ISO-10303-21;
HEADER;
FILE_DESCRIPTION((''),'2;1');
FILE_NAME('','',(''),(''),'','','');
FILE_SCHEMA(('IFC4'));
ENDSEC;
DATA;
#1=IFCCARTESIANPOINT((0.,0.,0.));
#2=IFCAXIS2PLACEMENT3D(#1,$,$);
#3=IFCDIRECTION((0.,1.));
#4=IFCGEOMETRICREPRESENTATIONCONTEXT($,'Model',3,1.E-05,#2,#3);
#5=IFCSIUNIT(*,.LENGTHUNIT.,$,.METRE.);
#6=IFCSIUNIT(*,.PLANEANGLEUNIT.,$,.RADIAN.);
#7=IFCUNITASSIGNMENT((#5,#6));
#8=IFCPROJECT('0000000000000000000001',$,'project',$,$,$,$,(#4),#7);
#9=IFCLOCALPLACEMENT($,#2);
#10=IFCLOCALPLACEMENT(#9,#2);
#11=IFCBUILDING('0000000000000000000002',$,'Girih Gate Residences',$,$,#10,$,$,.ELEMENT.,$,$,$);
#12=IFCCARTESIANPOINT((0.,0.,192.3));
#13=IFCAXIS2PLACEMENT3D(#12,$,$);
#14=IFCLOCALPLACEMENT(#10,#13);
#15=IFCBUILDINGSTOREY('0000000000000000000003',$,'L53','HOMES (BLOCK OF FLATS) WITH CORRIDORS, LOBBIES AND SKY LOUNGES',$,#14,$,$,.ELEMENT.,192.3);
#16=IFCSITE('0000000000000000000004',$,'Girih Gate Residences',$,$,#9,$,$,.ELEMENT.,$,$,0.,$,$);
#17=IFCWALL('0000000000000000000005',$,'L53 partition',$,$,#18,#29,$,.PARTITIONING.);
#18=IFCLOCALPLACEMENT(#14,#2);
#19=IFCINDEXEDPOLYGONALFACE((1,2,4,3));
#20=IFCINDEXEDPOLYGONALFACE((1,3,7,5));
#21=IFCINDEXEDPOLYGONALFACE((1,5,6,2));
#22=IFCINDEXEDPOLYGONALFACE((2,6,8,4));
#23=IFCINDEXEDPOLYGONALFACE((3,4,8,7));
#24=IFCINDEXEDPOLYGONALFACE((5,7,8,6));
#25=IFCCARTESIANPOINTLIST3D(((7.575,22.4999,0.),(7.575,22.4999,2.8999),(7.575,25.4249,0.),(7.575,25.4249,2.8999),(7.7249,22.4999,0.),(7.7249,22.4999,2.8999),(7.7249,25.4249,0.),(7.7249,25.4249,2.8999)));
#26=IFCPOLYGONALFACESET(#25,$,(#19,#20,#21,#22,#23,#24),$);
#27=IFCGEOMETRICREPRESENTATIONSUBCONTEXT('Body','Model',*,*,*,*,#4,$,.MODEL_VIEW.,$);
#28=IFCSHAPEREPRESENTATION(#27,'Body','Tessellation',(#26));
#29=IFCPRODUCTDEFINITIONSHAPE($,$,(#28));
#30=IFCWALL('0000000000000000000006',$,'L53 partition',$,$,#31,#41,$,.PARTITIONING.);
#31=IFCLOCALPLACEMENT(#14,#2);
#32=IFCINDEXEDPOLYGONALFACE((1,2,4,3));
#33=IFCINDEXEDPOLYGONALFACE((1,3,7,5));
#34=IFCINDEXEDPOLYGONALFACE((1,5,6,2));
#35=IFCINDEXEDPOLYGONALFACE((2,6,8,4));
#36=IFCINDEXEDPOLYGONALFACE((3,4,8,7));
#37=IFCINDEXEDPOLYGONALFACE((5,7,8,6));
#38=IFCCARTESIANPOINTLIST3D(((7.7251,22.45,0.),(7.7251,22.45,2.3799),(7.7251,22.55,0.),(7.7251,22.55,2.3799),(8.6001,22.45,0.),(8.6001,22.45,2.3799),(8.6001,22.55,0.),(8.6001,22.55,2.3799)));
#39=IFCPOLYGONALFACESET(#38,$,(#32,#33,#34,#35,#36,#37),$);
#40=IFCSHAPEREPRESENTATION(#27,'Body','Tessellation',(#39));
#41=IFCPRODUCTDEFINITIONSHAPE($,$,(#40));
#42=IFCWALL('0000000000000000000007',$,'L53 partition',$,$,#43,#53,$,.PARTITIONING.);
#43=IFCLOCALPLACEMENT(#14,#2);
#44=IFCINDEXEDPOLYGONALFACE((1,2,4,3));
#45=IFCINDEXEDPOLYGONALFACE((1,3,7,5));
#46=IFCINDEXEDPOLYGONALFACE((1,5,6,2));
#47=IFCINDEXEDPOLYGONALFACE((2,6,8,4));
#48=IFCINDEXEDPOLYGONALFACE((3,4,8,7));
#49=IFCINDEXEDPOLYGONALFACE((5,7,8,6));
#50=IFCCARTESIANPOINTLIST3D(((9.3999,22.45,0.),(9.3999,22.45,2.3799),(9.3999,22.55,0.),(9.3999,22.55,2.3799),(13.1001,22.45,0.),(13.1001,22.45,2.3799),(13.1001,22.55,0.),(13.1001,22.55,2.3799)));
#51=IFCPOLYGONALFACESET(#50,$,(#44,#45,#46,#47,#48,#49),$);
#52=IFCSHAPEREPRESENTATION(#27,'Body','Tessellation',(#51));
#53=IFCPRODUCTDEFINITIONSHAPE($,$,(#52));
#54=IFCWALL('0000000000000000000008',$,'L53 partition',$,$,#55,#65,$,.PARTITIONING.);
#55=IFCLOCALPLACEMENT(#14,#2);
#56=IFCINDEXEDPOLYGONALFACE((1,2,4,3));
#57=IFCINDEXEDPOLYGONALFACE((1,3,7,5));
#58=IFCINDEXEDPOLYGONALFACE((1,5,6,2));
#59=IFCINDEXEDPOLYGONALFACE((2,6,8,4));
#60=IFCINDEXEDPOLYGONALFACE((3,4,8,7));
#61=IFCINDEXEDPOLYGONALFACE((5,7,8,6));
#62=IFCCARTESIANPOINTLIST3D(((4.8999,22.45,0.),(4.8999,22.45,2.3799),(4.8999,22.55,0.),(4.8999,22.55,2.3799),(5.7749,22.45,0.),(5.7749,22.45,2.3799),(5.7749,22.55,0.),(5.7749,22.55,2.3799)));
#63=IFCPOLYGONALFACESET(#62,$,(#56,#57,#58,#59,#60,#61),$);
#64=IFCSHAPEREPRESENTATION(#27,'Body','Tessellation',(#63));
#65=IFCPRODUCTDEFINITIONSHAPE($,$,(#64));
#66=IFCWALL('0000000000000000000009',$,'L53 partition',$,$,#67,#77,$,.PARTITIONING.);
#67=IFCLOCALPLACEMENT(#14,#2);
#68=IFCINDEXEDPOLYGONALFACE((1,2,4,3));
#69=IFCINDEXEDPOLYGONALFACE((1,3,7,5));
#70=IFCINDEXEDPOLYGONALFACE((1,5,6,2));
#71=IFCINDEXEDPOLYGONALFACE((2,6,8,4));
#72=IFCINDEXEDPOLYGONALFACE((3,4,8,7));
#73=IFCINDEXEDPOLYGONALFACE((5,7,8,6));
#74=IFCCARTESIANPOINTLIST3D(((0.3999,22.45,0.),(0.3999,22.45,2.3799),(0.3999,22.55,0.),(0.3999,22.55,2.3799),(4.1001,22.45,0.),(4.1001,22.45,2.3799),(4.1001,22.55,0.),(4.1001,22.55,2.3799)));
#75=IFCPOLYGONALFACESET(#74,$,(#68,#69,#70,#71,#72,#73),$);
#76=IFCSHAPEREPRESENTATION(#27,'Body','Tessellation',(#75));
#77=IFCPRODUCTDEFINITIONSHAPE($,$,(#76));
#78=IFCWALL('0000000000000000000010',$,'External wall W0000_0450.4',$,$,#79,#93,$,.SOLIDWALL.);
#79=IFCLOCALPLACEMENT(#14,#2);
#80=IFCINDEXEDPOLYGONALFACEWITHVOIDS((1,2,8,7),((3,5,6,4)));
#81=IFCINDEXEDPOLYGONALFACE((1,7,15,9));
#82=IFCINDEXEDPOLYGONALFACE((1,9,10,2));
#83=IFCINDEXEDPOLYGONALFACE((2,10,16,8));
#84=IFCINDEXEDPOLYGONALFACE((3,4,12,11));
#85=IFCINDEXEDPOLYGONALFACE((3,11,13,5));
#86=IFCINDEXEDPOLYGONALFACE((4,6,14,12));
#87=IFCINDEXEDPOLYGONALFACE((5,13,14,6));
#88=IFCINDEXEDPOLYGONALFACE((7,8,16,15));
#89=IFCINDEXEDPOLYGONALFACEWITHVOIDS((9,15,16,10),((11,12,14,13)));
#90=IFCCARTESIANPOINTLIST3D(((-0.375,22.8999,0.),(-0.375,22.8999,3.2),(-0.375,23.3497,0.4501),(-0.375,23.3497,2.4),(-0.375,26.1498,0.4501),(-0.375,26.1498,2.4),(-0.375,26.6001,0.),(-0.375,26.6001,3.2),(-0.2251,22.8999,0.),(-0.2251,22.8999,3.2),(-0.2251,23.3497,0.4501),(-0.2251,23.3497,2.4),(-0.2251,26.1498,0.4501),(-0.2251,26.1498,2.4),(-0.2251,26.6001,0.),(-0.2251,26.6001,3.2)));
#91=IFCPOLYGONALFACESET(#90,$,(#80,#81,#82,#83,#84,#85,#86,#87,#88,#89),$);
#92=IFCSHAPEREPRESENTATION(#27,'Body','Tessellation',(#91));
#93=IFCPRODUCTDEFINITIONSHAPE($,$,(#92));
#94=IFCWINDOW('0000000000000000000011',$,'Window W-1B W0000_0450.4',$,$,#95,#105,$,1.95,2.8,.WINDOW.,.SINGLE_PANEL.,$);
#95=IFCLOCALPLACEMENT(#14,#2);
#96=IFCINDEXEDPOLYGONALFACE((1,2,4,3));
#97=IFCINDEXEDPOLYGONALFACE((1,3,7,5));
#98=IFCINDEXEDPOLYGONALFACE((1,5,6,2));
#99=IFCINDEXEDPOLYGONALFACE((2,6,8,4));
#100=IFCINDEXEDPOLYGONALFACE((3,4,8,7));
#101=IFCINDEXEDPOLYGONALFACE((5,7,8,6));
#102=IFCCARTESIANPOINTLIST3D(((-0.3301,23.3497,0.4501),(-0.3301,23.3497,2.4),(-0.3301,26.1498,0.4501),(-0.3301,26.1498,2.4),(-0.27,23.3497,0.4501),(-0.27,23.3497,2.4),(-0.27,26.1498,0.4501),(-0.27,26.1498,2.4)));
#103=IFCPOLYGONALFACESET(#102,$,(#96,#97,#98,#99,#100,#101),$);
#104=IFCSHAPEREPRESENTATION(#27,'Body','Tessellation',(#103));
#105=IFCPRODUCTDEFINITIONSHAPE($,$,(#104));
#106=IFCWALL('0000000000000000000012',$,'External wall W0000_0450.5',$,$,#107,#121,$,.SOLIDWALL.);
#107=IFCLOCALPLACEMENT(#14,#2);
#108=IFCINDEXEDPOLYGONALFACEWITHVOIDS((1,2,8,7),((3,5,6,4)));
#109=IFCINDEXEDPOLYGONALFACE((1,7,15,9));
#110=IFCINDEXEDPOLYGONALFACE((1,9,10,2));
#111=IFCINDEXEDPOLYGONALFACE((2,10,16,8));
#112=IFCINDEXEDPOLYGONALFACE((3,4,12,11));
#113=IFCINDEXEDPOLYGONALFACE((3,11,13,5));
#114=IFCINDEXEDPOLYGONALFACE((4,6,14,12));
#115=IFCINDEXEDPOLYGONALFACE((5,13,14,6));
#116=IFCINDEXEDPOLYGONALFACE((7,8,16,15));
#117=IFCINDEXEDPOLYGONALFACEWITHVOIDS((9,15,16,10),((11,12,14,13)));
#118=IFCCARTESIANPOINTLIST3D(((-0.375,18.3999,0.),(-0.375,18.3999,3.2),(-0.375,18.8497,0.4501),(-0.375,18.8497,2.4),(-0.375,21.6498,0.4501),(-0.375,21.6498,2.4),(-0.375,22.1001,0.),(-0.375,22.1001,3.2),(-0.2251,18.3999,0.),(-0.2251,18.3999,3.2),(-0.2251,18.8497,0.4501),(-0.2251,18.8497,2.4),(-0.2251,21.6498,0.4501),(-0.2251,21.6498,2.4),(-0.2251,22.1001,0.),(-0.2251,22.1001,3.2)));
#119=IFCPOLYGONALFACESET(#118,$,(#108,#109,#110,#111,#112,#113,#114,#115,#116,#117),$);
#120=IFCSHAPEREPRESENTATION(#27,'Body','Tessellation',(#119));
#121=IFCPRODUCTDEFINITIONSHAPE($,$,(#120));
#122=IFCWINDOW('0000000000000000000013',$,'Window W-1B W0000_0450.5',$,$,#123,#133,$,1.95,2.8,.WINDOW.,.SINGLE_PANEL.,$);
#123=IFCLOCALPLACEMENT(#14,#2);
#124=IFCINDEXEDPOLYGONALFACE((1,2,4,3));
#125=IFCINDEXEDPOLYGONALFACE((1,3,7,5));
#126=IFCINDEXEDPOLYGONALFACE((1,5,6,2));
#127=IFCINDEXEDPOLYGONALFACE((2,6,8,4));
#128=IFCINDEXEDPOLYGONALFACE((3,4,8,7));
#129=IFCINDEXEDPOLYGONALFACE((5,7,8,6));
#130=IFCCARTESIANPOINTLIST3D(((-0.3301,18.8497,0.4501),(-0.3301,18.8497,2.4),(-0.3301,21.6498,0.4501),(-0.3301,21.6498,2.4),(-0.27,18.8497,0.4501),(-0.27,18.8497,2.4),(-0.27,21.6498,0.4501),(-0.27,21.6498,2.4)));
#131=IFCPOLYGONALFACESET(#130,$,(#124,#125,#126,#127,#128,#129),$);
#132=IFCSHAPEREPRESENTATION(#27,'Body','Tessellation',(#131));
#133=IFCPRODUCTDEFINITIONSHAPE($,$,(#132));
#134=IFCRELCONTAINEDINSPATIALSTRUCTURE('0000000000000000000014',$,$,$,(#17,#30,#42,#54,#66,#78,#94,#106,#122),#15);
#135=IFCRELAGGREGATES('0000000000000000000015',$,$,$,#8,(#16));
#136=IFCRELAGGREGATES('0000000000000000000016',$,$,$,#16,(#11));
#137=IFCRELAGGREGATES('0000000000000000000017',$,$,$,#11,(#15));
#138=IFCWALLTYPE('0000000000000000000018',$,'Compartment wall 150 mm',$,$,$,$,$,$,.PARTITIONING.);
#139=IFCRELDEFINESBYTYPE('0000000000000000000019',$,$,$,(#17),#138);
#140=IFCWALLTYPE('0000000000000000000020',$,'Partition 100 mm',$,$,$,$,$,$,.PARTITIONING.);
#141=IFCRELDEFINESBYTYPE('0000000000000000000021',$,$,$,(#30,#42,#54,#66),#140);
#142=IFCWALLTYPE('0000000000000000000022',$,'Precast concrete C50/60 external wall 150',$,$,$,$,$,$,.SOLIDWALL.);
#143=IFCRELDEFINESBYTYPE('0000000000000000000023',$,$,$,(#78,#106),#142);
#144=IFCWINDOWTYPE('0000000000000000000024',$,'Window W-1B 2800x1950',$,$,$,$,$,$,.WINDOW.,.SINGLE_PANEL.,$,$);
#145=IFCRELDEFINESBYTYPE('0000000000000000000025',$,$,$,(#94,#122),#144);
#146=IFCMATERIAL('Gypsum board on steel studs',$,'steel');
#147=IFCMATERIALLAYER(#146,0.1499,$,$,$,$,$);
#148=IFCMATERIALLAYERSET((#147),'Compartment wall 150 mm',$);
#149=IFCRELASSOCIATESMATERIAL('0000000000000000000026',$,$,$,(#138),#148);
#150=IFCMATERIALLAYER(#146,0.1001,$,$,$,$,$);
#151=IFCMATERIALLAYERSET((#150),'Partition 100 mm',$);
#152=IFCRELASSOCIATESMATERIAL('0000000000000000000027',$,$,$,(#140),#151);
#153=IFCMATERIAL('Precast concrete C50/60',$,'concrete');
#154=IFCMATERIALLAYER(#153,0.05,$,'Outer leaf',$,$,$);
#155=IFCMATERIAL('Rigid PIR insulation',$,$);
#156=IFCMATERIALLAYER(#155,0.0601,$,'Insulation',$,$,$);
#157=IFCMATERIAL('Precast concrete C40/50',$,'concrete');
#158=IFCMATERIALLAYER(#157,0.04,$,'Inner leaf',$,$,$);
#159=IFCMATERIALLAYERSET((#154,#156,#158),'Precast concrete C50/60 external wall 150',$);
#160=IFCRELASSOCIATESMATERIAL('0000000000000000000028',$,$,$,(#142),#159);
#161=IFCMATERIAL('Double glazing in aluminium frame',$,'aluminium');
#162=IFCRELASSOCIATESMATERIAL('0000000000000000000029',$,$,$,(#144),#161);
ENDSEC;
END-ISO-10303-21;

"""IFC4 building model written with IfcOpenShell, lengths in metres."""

from ifc_helpers import new_model, si_unit, direction, frame, frame_2d, origin, place, context, subcontext, project, spatial, rectangle, extrude, material, layer, layer_set, type_object, element, fill, save


model = new_model("IFC4")

# Units and contexts
model_context = context("Model", 3, precision=1e-05, world=origin(), true_north=direction((0.0, 1.0)))
body_context = subcontext(model_context, "Body", "Model", "MODEL_VIEW")
ifc_project = project(units=[si_unit("LENGTHUNIT", "METRE"), si_unit("PLANEANGLEUNIT", "RADIAN")], contexts=[model_context])

# Site, building, storey
site_placement = place(None, origin())
site = spatial("IfcSite", under=ifc_project, at=site_placement, Name="Girih Gate Residences", CompositionType="ELEMENT", RefElevation=0.0)
building_placement = place(site_placement, origin())
building = spatial("IfcBuilding", under=site, at=building_placement, Name="Girih Gate Residences", CompositionType="ELEMENT")
storey_placement = place(building_placement, frame((0.0, 0.0, 192.3)))
storey = spatial("IfcBuildingStorey", under=building, at=storey_placement, Name="L53", Description="HOMES (BLOCK OF FLATS) WITH CORRIDORS, LOBBIES AND SKY LOUNGES", CompositionType="ELEMENT", Elevation=192.3)

# Shared definitions
ifc_material_1 = material(Name="Gypsum board on steel studs", Category="steel")
ifc_layer_1 = layer(ifc_material_1, 0.1499)
ifc_layer_set_1 = layer_set([ifc_layer_1], Name="Compartment wall 150 mm")
wall_type_1 = type_object("IfcWallType", Name="Compartment wall 150 mm", PredefinedType="PARTITIONING", material=ifc_layer_set_1)

# Walls
wall_1_placement = place(storey_placement, frame((7.6499, 22.5, 0.0), z_axis=(0.0, 0.0, 1.0), x_axis=(0.0, 1.0, 0.0)))
element("IfcWall", 1, at=wall_1_placement, inside=storey, type_object=wall_type_1, Name="L53 partition", PredefinedType="PARTITIONING", context=body_context, shape_type="SweptSolid", body=[
    extrude(rectangle(XDim=2.925, YDim=0.1499, at=frame_2d((1.4624, 0.0))), origin(), (0.0, 0.0, 1.0), 2.8999),
])
ifc_layer_2 = layer(ifc_material_1, 0.1001)
ifc_layer_set_2 = layer_set([ifc_layer_2], Name="Partition 100 mm")
wall_type_2 = type_object("IfcWallType", Name="Partition 100 mm", PredefinedType="PARTITIONING", material=ifc_layer_set_2)
wall_2_placement = place(storey_placement, frame((7.7251, 22.5, 0.0), z_axis=(0.0, 0.0, 1.0), x_axis=(1.0, 0.0, 0.0)))
element("IfcWall", 2, at=wall_2_placement, inside=storey, type_object=wall_type_2, Name="L53 partition", PredefinedType="PARTITIONING", context=body_context, shape_type="SweptSolid", body=[
    extrude(rectangle(XDim=0.875, YDim=0.1001, at=frame_2d((0.4375, 0.0))), origin(), (0.0, 0.0, 1.0), 2.3799),
])
wall_3_placement = place(storey_placement, frame((9.3999, 22.5, 0.0), z_axis=(0.0, 0.0, 1.0), x_axis=(1.0, 0.0, 0.0)))
element("IfcWall", 3, at=wall_3_placement, inside=storey, type_object=wall_type_2, Name="L53 partition", PredefinedType="PARTITIONING", context=body_context, shape_type="SweptSolid", body=[
    extrude(rectangle(XDim=3.7002, YDim=0.1001, at=frame_2d((1.8501, 0.0))), origin(), (0.0, 0.0, 1.0), 2.3799),
])
wall_4_placement = place(storey_placement, frame((4.8999, 22.5, 0.0), z_axis=(0.0, 0.0, 1.0), x_axis=(1.0, 0.0, 0.0)))
element("IfcWall", 4, at=wall_4_placement, inside=storey, type_object=wall_type_2, Name="L53 partition", PredefinedType="PARTITIONING", context=body_context, shape_type="SweptSolid", body=[
    extrude(rectangle(XDim=0.875, YDim=0.1001, at=frame_2d((0.4375, 0.0))), origin(), (0.0, 0.0, 1.0), 2.3799),
])
wall_5_placement = place(storey_placement, frame((0.3999, 22.5, 0.0), z_axis=(0.0, 0.0, 1.0), x_axis=(1.0, 0.0, 0.0)))
element("IfcWall", 5, at=wall_5_placement, inside=storey, type_object=wall_type_2, Name="L53 partition", PredefinedType="PARTITIONING", context=body_context, shape_type="SweptSolid", body=[
    extrude(rectangle(XDim=3.7002, YDim=0.1001, at=frame_2d((1.8501, 0.0))), origin(), (0.0, 0.0, 1.0), 2.3799),
])

# Walls, openings, windows
ifc_material_2 = material(Name="Precast concrete C50/60", Category="concrete")
ifc_layer_3 = layer(ifc_material_2, 0.05, Name="Outer leaf")
ifc_material_3 = material(Name="Rigid PIR insulation")
ifc_layer_4 = layer(ifc_material_3, 0.0601, Name="Insulation")
ifc_material_4 = material(Name="Precast concrete C40/50", Category="concrete")
ifc_layer_5 = layer(ifc_material_4, 0.04, Name="Inner leaf")
ifc_layer_set_3 = layer_set([ifc_layer_3, ifc_layer_4, ifc_layer_5], Name="Precast concrete C50/60 external wall 150")
wall_type_3 = type_object("IfcWallType", Name="Precast concrete C50/60 external wall 150", PredefinedType="SOLIDWALL", material=ifc_layer_set_3)
wall_6_placement = place(storey_placement, frame((-0.3, 22.8999, 0.0), z_axis=(0.0, 0.0, 1.0), x_axis=(0.0, 1.0, 0.0)))
wall_6 = element("IfcWall", 6, at=wall_6_placement, inside=storey, type_object=wall_type_3, Name="External wall W0000_0450.4", PredefinedType="SOLIDWALL", context=body_context, shape_type="SweptSolid", body=[
    extrude(rectangle(XDim=3.7002, YDim=0.1499, at=frame_2d((1.8501, 0.0))), origin(), (0.0, 0.0, 1.0), 3.2),
])
opening_1_placement = place(wall_6_placement, frame((0.45, 0.0, 0.45)))
opening_1 = element("IfcOpeningElement", 7, at=opening_1_placement, cuts=wall_6, PredefinedType="OPENING", context=body_context, shape_type="SweptSolid", body=[
    extrude(rectangle(XDim=2.8, YDim=1.95, at=frame_2d((1.3999, 0.9751))), frame((0.0, 0.085, 0.0), z_axis=(0.0, -1.0, 0.0), x_axis=(1.0, 0.0, 0.0)), (0.0, 0.0, 1.0), 0.1699),
])
ifc_material_5 = material(Name="Double glazing in aluminium frame", Category="aluminium")
window_type = type_object("IfcWindowType", Name="Window W-1B 2800x1950", PartitioningType="SINGLE_PANEL", PredefinedType="WINDOW", material=ifc_material_5)
window_1_placement = place(opening_1_placement, origin())
window_1 = element("IfcWindow", 8, at=window_1_placement, inside=storey, type_object=window_type, Name="Window W-1B W0000_0450.4", OverallHeight=1.95, OverallWidth=2.8, PartitioningType="SINGLE_PANEL", PredefinedType="WINDOW", context=body_context, shape_type="SweptSolid", body=[
    extrude(rectangle(XDim=2.8, YDim=1.95, at=frame_2d((1.3999, 0.9751))), frame((0.0, 0.03, 0.0), z_axis=(0.0, -1.0, 0.0), x_axis=(1.0, 0.0, 0.0)), (0.0, 0.0, 1.0), 0.0601),
])
fill(opening_1, window_1)
wall_7_placement = place(storey_placement, frame((-0.3, 18.3999, 0.0), z_axis=(0.0, 0.0, 1.0), x_axis=(0.0, 1.0, 0.0)))
wall_7 = element("IfcWall", 9, at=wall_7_placement, inside=storey, type_object=wall_type_3, Name="External wall W0000_0450.5", PredefinedType="SOLIDWALL", context=body_context, shape_type="SweptSolid", body=[
    extrude(rectangle(XDim=3.7002, YDim=0.1499, at=frame_2d((1.8501, 0.0))), origin(), (0.0, 0.0, 1.0), 3.2),
])
opening_2_placement = place(wall_7_placement, frame((0.45, 0.0, 0.45)))
opening_2 = element("IfcOpeningElement", 10, at=opening_2_placement, cuts=wall_7, PredefinedType="OPENING", context=body_context, shape_type="SweptSolid", body=[
    extrude(rectangle(XDim=2.8, YDim=1.95, at=frame_2d((1.3999, 0.9751))), frame((0.0, 0.085, 0.0), z_axis=(0.0, -1.0, 0.0), x_axis=(1.0, 0.0, 0.0)), (0.0, 0.0, 1.0), 0.1699),
])
window_2_placement = place(opening_2_placement, origin())
window_2 = element("IfcWindow", 11, at=window_2_placement, inside=storey, type_object=window_type, Name="Window W-1B W0000_0450.5", OverallHeight=1.95, OverallWidth=2.8, PartitioningType="SINGLE_PANEL", PredefinedType="WINDOW", context=body_context, shape_type="SweptSolid", body=[
    extrude(rectangle(XDim=2.8, YDim=1.95, at=frame_2d((1.3999, 0.9751))), frame((0.0, 0.03, 0.0), z_axis=(0.0, -1.0, 0.0), x_axis=(1.0, 0.0, 0.0)), (0.0, 0.0, 1.0), 0.0601),
])
fill(opening_2, window_2)

save(model, "model.ifc")
